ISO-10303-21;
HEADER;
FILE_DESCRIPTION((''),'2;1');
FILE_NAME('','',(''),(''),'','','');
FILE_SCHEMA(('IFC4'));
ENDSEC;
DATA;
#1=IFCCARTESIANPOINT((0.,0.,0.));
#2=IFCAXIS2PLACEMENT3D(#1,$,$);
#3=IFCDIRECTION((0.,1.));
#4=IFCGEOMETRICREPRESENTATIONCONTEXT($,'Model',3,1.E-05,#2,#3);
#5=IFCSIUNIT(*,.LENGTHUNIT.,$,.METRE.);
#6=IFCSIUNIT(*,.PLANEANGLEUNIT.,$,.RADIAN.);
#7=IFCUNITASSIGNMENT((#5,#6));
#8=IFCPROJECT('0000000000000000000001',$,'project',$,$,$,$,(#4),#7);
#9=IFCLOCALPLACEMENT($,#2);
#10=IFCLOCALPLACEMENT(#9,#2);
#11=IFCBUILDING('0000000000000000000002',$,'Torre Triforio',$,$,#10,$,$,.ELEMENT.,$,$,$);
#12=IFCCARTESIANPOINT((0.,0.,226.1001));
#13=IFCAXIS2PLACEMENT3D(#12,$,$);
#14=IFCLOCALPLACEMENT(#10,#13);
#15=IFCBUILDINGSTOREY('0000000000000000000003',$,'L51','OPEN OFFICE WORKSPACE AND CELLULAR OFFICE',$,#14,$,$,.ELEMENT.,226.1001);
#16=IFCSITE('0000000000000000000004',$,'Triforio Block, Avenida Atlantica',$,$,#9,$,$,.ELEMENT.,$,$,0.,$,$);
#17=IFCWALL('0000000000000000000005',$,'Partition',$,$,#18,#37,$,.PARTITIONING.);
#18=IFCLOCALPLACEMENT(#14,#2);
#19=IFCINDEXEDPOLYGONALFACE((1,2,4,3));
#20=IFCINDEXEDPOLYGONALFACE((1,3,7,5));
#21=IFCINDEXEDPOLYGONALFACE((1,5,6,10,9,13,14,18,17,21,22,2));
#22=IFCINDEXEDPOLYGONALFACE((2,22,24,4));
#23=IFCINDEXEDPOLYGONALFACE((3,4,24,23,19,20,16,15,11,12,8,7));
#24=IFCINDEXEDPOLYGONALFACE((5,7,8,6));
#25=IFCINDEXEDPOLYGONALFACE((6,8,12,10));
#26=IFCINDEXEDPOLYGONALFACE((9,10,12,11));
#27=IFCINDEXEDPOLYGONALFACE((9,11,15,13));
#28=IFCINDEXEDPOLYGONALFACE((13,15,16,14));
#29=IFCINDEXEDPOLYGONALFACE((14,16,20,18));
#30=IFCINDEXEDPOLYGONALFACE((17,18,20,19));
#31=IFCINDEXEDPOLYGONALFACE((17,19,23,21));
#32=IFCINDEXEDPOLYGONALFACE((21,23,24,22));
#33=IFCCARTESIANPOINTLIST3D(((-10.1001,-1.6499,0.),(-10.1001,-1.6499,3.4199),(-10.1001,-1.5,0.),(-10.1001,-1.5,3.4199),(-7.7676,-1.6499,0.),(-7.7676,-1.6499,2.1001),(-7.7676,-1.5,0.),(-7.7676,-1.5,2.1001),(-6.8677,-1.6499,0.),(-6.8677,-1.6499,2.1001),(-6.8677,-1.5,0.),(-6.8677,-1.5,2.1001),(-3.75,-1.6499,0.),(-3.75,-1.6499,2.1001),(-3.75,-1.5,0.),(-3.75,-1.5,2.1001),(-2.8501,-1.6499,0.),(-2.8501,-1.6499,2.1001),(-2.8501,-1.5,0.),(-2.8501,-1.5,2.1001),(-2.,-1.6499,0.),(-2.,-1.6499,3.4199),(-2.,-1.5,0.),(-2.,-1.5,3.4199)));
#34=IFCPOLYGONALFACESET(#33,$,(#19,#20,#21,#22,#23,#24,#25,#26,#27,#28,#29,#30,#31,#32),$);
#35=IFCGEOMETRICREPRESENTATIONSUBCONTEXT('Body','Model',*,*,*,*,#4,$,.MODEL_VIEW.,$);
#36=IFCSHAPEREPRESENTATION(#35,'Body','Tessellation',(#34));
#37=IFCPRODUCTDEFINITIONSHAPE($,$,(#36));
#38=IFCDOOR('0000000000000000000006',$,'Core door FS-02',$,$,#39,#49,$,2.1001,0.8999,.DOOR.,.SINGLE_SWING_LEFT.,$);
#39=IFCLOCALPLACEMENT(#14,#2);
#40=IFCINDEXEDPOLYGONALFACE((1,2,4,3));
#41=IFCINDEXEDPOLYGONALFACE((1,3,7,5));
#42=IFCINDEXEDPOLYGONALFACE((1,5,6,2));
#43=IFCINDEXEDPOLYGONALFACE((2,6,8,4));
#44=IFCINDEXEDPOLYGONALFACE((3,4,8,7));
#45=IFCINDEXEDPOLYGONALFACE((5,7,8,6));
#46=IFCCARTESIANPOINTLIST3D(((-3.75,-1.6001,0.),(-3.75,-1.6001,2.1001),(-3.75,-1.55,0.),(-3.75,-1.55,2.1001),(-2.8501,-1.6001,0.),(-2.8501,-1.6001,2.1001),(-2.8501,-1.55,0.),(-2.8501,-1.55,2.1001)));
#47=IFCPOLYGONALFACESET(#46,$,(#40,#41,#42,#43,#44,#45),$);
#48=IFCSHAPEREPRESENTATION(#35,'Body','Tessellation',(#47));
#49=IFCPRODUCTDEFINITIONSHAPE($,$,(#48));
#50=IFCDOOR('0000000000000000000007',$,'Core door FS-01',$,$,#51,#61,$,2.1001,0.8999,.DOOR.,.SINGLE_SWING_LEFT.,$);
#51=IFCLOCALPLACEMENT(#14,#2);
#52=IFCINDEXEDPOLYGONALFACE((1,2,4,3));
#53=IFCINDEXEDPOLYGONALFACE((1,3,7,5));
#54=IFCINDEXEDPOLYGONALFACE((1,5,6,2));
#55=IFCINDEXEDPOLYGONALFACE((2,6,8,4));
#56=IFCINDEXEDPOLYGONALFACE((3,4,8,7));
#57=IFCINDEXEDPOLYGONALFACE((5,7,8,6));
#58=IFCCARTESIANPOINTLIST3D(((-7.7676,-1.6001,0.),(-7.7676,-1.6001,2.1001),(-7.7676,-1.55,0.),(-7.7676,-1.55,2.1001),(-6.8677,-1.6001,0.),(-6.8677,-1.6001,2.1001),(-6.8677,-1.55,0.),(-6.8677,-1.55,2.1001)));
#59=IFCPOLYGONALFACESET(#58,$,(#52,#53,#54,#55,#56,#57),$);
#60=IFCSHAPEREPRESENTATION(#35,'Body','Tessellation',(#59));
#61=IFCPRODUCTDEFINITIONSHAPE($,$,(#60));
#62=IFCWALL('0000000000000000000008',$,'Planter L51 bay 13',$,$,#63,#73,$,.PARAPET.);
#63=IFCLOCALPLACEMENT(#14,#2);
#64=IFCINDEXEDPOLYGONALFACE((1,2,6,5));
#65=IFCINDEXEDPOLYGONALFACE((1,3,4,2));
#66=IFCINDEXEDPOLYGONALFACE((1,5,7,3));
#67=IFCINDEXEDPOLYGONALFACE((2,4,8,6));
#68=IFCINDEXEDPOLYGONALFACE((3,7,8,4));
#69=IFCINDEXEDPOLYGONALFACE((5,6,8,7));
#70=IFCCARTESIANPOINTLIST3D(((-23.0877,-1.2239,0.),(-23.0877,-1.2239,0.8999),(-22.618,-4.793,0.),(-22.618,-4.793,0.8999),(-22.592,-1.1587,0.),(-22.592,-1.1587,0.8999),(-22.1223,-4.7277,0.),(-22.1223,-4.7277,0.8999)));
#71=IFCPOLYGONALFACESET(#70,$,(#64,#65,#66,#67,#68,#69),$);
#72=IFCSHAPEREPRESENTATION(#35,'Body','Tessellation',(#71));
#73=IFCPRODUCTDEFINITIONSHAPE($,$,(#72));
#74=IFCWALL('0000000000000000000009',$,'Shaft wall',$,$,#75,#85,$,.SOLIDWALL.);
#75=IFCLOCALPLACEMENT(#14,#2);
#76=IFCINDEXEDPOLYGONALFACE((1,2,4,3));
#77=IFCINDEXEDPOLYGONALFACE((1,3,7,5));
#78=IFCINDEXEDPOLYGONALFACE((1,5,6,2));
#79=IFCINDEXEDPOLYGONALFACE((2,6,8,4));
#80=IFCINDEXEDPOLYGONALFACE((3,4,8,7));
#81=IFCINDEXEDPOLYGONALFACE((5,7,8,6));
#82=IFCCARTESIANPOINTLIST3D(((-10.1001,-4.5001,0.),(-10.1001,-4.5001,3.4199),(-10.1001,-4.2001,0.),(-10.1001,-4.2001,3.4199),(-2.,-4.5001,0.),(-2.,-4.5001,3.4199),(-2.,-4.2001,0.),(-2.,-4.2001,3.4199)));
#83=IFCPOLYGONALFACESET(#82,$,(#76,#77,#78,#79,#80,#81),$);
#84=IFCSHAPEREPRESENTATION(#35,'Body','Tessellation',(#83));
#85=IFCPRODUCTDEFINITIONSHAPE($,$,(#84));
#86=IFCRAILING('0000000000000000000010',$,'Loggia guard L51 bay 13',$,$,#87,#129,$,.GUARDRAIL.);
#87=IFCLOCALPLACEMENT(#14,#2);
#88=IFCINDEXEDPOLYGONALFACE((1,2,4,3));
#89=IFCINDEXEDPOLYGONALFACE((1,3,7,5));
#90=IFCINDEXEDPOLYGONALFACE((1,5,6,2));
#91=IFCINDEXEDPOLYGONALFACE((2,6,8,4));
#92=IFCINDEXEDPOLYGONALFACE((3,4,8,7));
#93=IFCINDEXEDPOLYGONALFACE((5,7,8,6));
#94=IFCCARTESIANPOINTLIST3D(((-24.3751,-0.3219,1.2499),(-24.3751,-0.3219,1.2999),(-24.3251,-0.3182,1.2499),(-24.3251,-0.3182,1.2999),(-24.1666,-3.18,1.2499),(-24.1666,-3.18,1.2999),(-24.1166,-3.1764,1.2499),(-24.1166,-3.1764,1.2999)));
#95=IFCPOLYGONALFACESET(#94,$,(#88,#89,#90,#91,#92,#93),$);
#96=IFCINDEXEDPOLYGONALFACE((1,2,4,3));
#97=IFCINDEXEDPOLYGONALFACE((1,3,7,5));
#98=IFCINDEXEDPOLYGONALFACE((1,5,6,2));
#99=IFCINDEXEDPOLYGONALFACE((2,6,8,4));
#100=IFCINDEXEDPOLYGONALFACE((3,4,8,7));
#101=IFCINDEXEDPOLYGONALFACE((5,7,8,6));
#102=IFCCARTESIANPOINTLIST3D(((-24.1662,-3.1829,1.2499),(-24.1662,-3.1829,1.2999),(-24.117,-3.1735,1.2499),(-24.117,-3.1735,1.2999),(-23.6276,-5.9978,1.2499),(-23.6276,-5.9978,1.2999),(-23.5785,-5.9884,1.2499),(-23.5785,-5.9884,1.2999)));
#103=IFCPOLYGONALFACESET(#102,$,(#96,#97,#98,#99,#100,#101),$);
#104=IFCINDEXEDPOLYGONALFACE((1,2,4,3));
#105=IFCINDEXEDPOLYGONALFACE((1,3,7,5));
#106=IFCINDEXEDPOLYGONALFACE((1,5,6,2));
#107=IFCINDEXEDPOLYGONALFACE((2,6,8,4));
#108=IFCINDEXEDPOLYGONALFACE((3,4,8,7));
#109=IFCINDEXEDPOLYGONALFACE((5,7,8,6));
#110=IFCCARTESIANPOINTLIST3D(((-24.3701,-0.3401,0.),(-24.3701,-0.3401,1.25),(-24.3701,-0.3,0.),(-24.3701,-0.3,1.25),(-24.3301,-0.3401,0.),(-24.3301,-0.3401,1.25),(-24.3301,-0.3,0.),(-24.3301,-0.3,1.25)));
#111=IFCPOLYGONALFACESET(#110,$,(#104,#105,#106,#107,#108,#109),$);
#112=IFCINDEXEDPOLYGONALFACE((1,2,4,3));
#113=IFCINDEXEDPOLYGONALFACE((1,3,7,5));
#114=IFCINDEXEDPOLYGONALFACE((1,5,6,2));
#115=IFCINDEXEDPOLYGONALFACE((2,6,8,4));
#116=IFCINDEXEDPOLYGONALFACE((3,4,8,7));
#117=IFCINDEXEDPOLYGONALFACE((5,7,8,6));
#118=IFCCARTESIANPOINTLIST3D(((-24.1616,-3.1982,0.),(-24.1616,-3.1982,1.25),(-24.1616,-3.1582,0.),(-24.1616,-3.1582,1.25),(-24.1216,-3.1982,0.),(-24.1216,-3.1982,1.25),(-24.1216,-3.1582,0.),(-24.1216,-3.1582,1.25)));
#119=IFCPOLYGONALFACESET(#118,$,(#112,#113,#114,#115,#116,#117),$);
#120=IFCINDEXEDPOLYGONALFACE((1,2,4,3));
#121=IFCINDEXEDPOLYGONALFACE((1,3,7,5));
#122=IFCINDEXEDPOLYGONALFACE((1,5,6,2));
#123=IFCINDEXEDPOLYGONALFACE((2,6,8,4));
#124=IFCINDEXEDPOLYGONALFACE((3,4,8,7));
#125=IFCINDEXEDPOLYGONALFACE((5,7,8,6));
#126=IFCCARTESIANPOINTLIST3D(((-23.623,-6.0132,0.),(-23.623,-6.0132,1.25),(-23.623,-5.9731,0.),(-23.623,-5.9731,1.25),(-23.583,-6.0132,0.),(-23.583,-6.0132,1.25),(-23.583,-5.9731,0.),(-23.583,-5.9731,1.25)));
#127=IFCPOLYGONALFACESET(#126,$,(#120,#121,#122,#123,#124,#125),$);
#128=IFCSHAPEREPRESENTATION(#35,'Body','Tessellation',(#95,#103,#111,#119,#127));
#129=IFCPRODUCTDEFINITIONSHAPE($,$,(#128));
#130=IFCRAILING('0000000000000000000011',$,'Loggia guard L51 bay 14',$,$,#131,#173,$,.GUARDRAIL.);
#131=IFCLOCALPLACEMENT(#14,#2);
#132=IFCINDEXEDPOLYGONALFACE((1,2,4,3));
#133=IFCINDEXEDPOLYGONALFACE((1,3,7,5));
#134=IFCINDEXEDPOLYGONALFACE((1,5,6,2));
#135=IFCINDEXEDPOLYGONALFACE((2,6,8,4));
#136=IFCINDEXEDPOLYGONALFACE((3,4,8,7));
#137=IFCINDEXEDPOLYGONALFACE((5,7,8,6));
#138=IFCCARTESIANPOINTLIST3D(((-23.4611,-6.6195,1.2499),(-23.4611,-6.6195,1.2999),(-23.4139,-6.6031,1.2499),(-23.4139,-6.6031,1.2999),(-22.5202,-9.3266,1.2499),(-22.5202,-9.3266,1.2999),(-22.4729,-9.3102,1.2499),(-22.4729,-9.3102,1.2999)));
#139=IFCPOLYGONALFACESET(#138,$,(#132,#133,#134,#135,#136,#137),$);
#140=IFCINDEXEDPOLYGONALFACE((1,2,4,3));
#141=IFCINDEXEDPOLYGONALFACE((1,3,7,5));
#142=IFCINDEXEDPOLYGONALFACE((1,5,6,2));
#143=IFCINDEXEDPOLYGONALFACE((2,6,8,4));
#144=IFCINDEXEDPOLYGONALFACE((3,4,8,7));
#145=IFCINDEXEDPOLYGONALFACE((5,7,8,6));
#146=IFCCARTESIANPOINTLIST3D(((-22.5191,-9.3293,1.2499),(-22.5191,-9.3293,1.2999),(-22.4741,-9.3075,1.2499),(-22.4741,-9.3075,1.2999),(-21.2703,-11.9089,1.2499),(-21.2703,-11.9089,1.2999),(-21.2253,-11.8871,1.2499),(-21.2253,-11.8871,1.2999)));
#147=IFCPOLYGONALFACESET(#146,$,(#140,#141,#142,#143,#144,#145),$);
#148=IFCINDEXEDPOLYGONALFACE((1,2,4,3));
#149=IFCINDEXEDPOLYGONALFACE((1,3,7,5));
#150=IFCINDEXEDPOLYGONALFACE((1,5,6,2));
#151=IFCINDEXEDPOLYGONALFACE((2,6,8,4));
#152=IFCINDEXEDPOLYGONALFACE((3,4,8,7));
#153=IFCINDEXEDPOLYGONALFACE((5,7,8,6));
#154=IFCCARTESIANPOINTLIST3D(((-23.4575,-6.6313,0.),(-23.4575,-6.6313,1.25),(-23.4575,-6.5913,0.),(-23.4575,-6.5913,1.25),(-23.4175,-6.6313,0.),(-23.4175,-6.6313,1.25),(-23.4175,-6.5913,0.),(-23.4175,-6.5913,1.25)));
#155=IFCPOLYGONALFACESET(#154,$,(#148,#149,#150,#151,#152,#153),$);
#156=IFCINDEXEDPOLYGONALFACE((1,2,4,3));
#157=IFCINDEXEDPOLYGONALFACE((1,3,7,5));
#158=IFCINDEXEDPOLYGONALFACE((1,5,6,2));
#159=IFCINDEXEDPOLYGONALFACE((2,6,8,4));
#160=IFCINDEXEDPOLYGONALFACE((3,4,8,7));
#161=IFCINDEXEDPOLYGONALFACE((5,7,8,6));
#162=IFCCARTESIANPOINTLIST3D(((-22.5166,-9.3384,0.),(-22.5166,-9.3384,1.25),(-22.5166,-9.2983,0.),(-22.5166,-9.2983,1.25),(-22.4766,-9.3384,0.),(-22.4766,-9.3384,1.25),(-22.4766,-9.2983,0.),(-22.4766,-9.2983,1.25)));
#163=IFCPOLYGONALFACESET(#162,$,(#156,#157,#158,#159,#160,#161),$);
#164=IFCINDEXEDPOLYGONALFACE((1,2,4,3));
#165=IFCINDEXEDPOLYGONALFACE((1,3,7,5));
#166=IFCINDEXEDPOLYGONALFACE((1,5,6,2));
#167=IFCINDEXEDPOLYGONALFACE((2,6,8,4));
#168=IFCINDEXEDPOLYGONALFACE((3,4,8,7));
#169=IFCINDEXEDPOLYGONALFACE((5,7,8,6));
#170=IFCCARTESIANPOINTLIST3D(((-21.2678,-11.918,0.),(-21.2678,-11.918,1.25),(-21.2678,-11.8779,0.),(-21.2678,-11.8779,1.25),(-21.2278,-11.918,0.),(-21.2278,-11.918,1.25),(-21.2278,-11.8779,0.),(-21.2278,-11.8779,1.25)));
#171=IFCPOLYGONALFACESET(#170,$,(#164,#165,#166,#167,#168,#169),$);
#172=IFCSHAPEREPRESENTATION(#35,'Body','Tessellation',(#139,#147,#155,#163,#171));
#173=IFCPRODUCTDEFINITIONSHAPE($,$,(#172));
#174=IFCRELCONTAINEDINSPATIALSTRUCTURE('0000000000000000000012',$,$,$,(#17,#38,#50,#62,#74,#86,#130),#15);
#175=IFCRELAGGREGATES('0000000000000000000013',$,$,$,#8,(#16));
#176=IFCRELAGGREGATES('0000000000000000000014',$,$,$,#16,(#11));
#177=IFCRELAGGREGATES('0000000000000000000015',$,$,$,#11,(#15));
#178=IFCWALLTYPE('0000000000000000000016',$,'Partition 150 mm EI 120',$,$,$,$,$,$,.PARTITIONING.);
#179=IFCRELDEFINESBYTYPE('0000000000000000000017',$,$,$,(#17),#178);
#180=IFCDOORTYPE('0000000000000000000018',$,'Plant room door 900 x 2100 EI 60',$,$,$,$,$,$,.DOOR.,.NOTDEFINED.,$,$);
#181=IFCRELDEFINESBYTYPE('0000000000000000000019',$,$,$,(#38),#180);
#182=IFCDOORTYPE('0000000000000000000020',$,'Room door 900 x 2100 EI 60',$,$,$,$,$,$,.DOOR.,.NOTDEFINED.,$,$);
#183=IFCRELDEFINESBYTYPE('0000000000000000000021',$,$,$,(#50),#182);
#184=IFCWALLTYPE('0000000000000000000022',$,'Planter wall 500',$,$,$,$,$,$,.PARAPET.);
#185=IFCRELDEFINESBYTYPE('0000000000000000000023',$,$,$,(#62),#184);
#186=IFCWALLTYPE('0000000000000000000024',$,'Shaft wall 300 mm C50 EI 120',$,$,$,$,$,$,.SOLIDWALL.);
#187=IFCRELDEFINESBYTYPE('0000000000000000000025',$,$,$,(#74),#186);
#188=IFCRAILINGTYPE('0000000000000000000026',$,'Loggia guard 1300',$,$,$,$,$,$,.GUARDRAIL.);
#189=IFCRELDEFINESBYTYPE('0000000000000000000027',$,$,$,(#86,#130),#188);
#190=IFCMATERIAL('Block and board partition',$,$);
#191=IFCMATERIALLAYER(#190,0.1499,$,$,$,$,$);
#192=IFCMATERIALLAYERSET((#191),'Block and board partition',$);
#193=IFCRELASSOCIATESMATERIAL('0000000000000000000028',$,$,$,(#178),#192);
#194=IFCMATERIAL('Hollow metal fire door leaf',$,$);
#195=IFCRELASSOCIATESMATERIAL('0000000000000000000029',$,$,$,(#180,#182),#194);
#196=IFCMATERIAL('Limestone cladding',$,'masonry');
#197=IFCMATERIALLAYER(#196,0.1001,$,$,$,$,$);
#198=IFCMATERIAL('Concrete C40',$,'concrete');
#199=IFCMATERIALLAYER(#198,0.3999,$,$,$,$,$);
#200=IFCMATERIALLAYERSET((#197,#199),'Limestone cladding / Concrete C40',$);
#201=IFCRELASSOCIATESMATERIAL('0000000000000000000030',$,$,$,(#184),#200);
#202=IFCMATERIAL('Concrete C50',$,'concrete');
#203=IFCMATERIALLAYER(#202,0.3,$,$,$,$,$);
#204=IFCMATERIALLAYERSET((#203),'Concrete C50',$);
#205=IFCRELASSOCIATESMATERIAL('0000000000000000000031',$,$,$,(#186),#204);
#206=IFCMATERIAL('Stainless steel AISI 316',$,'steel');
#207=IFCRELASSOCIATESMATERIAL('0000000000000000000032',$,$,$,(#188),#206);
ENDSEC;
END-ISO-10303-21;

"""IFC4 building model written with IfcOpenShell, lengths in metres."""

from ifc_helpers import new_model, si_unit, direction, frame, frame_2d, origin, origin_2d, place, context, subcontext, project, spatial, rectangle, extrude, material, layer, layer_set, type_object, element, fill, save


model = new_model("IFC4")

# Units and contexts
model_context = context("Model", 3, precision=1e-05, world=origin(), true_north=direction((0.0, 1.0)))
body_context = subcontext(model_context, "Body", "Model", "MODEL_VIEW")
ifc_project = project(units=[si_unit("LENGTHUNIT", "METRE"), si_unit("PLANEANGLEUNIT", "RADIAN")], contexts=[model_context])

# Site, building, storey
site_placement = place(None, origin())
site = spatial("IfcSite", under=ifc_project, at=site_placement, Name="Triforio Block, Avenida Atlantica", CompositionType="ELEMENT", RefElevation=0.0)
building_placement = place(site_placement, origin())
building = spatial("IfcBuilding", under=site, at=building_placement, Name="Torre Triforio", CompositionType="ELEMENT")
storey_placement = place(building_placement, frame((0.0, 0.0, 226.1001)))
storey = spatial("IfcBuildingStorey", under=building, at=storey_placement, Name="L51", Description="OPEN OFFICE WORKSPACE AND CELLULAR OFFICE", CompositionType="ELEMENT", Elevation=226.1001)

# Shared definitions
ifc_material_1 = material(Name="Concrete C50", Category="concrete")

# Shared definitions
ifc_material_2 = material(Name="Concrete C40", Category="concrete")

# Shared definitions
ifc_material_3 = material(Name="Hollow metal fire door leaf")

# Wall, openings, doors
ifc_material_4 = material(Name="Block and board partition")
ifc_layer_1 = layer(ifc_material_4, 0.1499)
ifc_layer_set_1 = layer_set([ifc_layer_1], Name="Block and board partition")
wall_type_1 = type_object("IfcWallType", Name="Partition 150 mm EI 120", PredefinedType="PARTITIONING", material=ifc_layer_set_1)
wall_1_placement = place(storey_placement, frame((-10.1001, -1.575, 0.0), z_axis=(0.0, 0.0, 1.0), x_axis=(1.0, 0.0, 0.0)))
wall_1 = element("IfcWall", 1, at=wall_1_placement, inside=storey, type_object=wall_type_1, Name="Partition", PredefinedType="PARTITIONING", context=body_context, shape_type="SweptSolid", body=[
    extrude(rectangle(XDim=8.1001, YDim=0.1499, at=frame_2d((4.05, 0.0))), origin(), (0.0, 0.0, 1.0), 3.4199),
])
opening_1_placement = place(wall_1_placement, frame((2.3325, 0.0, 0.0)))
opening_1 = element("IfcOpeningElement", 2, at=opening_1_placement, cuts=wall_1, PredefinedType="OPENING", context=body_context, shape_type="SweptSolid", body=[
    extrude(rectangle(XDim=0.8999, YDim=2.1001, at=frame_2d((0.45, 1.05))), frame((0.0, 0.085, 0.0), z_axis=(0.0, -1.0, 0.0), x_axis=(1.0, 0.0, 0.0)), (0.0, 0.0, 1.0), 0.1699),
])
opening_2_placement = place(wall_1_placement, frame((6.3501, 0.0, 0.0)))
opening_2 = element("IfcOpeningElement", 3, at=opening_2_placement, cuts=wall_1, PredefinedType="OPENING", context=body_context, shape_type="SweptSolid", body=[
    extrude(rectangle(XDim=0.8999, YDim=2.1001, at=frame_2d((0.45, 1.05))), frame((0.0, 0.085, 0.0), z_axis=(0.0, -1.0, 0.0), x_axis=(1.0, 0.0, 0.0)), (0.0, 0.0, 1.0), 0.1699),
])
door_type_1 = type_object("IfcDoorType", Name="Plant room door 900 x 2100 EI 60", OperationType="NOTDEFINED", PredefinedType="DOOR", material=ifc_material_3)
door_1_placement = place(opening_2_placement, origin())
door_1 = element("IfcDoor", 4, at=door_1_placement, inside=storey, type_object=door_type_1, Name="Core door FS-02", OperationType="SINGLE_SWING_LEFT", OverallHeight=2.1001, OverallWidth=0.8999, PredefinedType="DOOR", context=body_context, shape_type="SweptSolid", body=[
    extrude(rectangle(XDim=0.8999, YDim=2.1001, at=frame_2d((0.45, 1.05))), frame((0.0, 0.0249, 0.0), z_axis=(0.0, -1.0, 0.0), x_axis=(1.0, 0.0, 0.0)), (0.0, 0.0, 1.0), 0.05),
])
fill(opening_2, door_1)
door_type_2 = type_object("IfcDoorType", Name="Room door 900 x 2100 EI 60", OperationType="NOTDEFINED", PredefinedType="DOOR", material=ifc_material_3)
door_2_placement = place(opening_1_placement, origin())
door_2 = element("IfcDoor", 5, at=door_2_placement, inside=storey, type_object=door_type_2, Name="Core door FS-01", OperationType="SINGLE_SWING_LEFT", OverallHeight=2.1001, OverallWidth=0.8999, PredefinedType="DOOR", context=body_context, shape_type="SweptSolid", body=[
    extrude(rectangle(XDim=0.8999, YDim=2.1001, at=frame_2d((0.45, 1.05))), frame((0.0, 0.0249, 0.0), z_axis=(0.0, -1.0, 0.0), x_axis=(1.0, 0.0, 0.0)), (0.0, 0.0, 1.0), 0.05),
])
fill(opening_1, door_2)

# Walls
ifc_material_5 = material(Name="Limestone cladding", Category="masonry")
ifc_layer_2 = layer(ifc_material_5, 0.1001)
ifc_layer_3 = layer(ifc_material_2, 0.3999)
ifc_layer_set_2 = layer_set([ifc_layer_2, ifc_layer_3], Name="Limestone cladding / Concrete C40")
wall_type_2 = type_object("IfcWallType", Name="Planter wall 500", PredefinedType="PARAPET", material=ifc_layer_set_2)
wall_2_placement = place(storey_placement, frame((-22.8398, -1.1914, 0.0), z_axis=(0.0, 0.0, 1.0), x_axis=(0.130484, -0.99145, 0.0)))
element("IfcWall", 6, at=wall_2_placement, inside=storey, type_object=wall_type_2, Name="Planter L51 bay 13", PredefinedType="PARAPET", context=body_context, shape_type="SweptSolid", body=[
    extrude(rectangle(XDim=3.5999, YDim=0.5, at=frame_2d((1.7998, 0.0))), origin(), (0.0, 0.0, 1.0), 0.8999),
])
ifc_layer_4 = layer(ifc_material_1, 0.3)
ifc_layer_set_3 = layer_set([ifc_layer_4], Name="Concrete C50")
wall_type_3 = type_object("IfcWallType", Name="Shaft wall 300 mm C50 EI 120", PredefinedType="SOLIDWALL", material=ifc_layer_set_3)
wall_3_placement = place(storey_placement, frame((-10.1001, -4.3501, 0.0), z_axis=(0.0, 0.0, 1.0), x_axis=(1.0, 0.0, 0.0)))
element("IfcWall", 7, at=wall_3_placement, inside=storey, type_object=wall_type_3, Name="Shaft wall", PredefinedType="SOLIDWALL", context=body_context, shape_type="SweptSolid", body=[
    extrude(rectangle(XDim=8.1001, YDim=0.3, at=frame_2d((4.05, 0.0))), origin(), (0.0, 0.0, 1.0), 3.4199),
])

# Railings
ifc_material_6 = material(Name="Stainless steel AISI 316", Category="steel")
railing_type = type_object("IfcRailingType", Name="Loggia guard 1300", PredefinedType="GUARDRAIL", material=ifc_material_6)
railing_1_placement = place(storey_placement, frame((-24.3501, -0.3201, 0.0)))
element("IfcRailing", 8, at=railing_1_placement, inside=storey, type_object=railing_type, Name="Loggia guard L51 bay 13", PredefinedType="GUARDRAIL", context=body_context, shape_type="SweptSolid", body=[
    extrude(rectangle(XDim=0.05, YDim=0.05, at=origin_2d()), frame((0.0, 0.0, 1.2749), z_axis=(0.072754, -0.99735, 0.0), x_axis=(0.99735, 0.072754, 0.0)), (0.0, 0.0, 1.0), 2.8657),
    extrude(rectangle(XDim=0.05, YDim=0.05, at=origin_2d()), frame((0.2085, -2.8582, 1.2749), z_axis=(0.187918, -0.982185, 0.0), x_axis=(0.982185, 0.187918, 0.0)), (0.0, 0.0, 1.0), 2.866),
    extrude(rectangle(XDim=0.04, YDim=0.04, at=origin_2d()), origin(), (0.0, 0.0, 1.0), 1.25),
    extrude(rectangle(XDim=0.04, YDim=0.04, at=origin_2d()), frame((0.2085, -2.8582, 0.0)), (0.0, 0.0, 1.0), 1.25),
    extrude(rectangle(XDim=0.04, YDim=0.04, at=origin_2d()), frame((0.7471, -5.6731, 0.0)), (0.0, 0.0, 1.0), 1.25),
])
railing_2_placement = place(storey_placement, frame((-23.4375, -6.6113, 0.0)))
element("IfcRailing", 9, at=railing_2_placement, inside=storey, type_object=railing_type, Name="Loggia guard L51 bay 14", PredefinedType="GUARDRAIL", context=body_context, shape_type="SweptSolid", body=[
    extrude(rectangle(XDim=0.05, YDim=0.05, at=origin_2d()), frame((0.0, 0.0, 1.2749), z_axis=(0.328316, -0.944568, 0.0), x_axis=(0.944568, 0.328316, 0.0)), (0.0, 0.0, 1.0), 2.866),
    extrude(rectangle(XDim=0.05, YDim=0.05, at=origin_2d()), frame((0.9409, -2.707, 1.2749), z_axis=(0.435728, -0.900078, 0.0), x_axis=(0.900078, 0.435728, 0.0)), (0.0, 0.0, 1.0), 2.866),
    extrude(rectangle(XDim=0.04, YDim=0.04, at=origin_2d()), origin(), (0.0, 0.0, 1.0), 1.25),
    extrude(rectangle(XDim=0.04, YDim=0.04, at=origin_2d()), frame((0.9409, -2.707, 0.0)), (0.0, 0.0, 1.0), 1.25),
    extrude(rectangle(XDim=0.04, YDim=0.04, at=origin_2d()), frame((2.1897, -5.2866, 0.0)), (0.0, 0.0, 1.0), 1.25),
])

save(model, "model.ifc")
